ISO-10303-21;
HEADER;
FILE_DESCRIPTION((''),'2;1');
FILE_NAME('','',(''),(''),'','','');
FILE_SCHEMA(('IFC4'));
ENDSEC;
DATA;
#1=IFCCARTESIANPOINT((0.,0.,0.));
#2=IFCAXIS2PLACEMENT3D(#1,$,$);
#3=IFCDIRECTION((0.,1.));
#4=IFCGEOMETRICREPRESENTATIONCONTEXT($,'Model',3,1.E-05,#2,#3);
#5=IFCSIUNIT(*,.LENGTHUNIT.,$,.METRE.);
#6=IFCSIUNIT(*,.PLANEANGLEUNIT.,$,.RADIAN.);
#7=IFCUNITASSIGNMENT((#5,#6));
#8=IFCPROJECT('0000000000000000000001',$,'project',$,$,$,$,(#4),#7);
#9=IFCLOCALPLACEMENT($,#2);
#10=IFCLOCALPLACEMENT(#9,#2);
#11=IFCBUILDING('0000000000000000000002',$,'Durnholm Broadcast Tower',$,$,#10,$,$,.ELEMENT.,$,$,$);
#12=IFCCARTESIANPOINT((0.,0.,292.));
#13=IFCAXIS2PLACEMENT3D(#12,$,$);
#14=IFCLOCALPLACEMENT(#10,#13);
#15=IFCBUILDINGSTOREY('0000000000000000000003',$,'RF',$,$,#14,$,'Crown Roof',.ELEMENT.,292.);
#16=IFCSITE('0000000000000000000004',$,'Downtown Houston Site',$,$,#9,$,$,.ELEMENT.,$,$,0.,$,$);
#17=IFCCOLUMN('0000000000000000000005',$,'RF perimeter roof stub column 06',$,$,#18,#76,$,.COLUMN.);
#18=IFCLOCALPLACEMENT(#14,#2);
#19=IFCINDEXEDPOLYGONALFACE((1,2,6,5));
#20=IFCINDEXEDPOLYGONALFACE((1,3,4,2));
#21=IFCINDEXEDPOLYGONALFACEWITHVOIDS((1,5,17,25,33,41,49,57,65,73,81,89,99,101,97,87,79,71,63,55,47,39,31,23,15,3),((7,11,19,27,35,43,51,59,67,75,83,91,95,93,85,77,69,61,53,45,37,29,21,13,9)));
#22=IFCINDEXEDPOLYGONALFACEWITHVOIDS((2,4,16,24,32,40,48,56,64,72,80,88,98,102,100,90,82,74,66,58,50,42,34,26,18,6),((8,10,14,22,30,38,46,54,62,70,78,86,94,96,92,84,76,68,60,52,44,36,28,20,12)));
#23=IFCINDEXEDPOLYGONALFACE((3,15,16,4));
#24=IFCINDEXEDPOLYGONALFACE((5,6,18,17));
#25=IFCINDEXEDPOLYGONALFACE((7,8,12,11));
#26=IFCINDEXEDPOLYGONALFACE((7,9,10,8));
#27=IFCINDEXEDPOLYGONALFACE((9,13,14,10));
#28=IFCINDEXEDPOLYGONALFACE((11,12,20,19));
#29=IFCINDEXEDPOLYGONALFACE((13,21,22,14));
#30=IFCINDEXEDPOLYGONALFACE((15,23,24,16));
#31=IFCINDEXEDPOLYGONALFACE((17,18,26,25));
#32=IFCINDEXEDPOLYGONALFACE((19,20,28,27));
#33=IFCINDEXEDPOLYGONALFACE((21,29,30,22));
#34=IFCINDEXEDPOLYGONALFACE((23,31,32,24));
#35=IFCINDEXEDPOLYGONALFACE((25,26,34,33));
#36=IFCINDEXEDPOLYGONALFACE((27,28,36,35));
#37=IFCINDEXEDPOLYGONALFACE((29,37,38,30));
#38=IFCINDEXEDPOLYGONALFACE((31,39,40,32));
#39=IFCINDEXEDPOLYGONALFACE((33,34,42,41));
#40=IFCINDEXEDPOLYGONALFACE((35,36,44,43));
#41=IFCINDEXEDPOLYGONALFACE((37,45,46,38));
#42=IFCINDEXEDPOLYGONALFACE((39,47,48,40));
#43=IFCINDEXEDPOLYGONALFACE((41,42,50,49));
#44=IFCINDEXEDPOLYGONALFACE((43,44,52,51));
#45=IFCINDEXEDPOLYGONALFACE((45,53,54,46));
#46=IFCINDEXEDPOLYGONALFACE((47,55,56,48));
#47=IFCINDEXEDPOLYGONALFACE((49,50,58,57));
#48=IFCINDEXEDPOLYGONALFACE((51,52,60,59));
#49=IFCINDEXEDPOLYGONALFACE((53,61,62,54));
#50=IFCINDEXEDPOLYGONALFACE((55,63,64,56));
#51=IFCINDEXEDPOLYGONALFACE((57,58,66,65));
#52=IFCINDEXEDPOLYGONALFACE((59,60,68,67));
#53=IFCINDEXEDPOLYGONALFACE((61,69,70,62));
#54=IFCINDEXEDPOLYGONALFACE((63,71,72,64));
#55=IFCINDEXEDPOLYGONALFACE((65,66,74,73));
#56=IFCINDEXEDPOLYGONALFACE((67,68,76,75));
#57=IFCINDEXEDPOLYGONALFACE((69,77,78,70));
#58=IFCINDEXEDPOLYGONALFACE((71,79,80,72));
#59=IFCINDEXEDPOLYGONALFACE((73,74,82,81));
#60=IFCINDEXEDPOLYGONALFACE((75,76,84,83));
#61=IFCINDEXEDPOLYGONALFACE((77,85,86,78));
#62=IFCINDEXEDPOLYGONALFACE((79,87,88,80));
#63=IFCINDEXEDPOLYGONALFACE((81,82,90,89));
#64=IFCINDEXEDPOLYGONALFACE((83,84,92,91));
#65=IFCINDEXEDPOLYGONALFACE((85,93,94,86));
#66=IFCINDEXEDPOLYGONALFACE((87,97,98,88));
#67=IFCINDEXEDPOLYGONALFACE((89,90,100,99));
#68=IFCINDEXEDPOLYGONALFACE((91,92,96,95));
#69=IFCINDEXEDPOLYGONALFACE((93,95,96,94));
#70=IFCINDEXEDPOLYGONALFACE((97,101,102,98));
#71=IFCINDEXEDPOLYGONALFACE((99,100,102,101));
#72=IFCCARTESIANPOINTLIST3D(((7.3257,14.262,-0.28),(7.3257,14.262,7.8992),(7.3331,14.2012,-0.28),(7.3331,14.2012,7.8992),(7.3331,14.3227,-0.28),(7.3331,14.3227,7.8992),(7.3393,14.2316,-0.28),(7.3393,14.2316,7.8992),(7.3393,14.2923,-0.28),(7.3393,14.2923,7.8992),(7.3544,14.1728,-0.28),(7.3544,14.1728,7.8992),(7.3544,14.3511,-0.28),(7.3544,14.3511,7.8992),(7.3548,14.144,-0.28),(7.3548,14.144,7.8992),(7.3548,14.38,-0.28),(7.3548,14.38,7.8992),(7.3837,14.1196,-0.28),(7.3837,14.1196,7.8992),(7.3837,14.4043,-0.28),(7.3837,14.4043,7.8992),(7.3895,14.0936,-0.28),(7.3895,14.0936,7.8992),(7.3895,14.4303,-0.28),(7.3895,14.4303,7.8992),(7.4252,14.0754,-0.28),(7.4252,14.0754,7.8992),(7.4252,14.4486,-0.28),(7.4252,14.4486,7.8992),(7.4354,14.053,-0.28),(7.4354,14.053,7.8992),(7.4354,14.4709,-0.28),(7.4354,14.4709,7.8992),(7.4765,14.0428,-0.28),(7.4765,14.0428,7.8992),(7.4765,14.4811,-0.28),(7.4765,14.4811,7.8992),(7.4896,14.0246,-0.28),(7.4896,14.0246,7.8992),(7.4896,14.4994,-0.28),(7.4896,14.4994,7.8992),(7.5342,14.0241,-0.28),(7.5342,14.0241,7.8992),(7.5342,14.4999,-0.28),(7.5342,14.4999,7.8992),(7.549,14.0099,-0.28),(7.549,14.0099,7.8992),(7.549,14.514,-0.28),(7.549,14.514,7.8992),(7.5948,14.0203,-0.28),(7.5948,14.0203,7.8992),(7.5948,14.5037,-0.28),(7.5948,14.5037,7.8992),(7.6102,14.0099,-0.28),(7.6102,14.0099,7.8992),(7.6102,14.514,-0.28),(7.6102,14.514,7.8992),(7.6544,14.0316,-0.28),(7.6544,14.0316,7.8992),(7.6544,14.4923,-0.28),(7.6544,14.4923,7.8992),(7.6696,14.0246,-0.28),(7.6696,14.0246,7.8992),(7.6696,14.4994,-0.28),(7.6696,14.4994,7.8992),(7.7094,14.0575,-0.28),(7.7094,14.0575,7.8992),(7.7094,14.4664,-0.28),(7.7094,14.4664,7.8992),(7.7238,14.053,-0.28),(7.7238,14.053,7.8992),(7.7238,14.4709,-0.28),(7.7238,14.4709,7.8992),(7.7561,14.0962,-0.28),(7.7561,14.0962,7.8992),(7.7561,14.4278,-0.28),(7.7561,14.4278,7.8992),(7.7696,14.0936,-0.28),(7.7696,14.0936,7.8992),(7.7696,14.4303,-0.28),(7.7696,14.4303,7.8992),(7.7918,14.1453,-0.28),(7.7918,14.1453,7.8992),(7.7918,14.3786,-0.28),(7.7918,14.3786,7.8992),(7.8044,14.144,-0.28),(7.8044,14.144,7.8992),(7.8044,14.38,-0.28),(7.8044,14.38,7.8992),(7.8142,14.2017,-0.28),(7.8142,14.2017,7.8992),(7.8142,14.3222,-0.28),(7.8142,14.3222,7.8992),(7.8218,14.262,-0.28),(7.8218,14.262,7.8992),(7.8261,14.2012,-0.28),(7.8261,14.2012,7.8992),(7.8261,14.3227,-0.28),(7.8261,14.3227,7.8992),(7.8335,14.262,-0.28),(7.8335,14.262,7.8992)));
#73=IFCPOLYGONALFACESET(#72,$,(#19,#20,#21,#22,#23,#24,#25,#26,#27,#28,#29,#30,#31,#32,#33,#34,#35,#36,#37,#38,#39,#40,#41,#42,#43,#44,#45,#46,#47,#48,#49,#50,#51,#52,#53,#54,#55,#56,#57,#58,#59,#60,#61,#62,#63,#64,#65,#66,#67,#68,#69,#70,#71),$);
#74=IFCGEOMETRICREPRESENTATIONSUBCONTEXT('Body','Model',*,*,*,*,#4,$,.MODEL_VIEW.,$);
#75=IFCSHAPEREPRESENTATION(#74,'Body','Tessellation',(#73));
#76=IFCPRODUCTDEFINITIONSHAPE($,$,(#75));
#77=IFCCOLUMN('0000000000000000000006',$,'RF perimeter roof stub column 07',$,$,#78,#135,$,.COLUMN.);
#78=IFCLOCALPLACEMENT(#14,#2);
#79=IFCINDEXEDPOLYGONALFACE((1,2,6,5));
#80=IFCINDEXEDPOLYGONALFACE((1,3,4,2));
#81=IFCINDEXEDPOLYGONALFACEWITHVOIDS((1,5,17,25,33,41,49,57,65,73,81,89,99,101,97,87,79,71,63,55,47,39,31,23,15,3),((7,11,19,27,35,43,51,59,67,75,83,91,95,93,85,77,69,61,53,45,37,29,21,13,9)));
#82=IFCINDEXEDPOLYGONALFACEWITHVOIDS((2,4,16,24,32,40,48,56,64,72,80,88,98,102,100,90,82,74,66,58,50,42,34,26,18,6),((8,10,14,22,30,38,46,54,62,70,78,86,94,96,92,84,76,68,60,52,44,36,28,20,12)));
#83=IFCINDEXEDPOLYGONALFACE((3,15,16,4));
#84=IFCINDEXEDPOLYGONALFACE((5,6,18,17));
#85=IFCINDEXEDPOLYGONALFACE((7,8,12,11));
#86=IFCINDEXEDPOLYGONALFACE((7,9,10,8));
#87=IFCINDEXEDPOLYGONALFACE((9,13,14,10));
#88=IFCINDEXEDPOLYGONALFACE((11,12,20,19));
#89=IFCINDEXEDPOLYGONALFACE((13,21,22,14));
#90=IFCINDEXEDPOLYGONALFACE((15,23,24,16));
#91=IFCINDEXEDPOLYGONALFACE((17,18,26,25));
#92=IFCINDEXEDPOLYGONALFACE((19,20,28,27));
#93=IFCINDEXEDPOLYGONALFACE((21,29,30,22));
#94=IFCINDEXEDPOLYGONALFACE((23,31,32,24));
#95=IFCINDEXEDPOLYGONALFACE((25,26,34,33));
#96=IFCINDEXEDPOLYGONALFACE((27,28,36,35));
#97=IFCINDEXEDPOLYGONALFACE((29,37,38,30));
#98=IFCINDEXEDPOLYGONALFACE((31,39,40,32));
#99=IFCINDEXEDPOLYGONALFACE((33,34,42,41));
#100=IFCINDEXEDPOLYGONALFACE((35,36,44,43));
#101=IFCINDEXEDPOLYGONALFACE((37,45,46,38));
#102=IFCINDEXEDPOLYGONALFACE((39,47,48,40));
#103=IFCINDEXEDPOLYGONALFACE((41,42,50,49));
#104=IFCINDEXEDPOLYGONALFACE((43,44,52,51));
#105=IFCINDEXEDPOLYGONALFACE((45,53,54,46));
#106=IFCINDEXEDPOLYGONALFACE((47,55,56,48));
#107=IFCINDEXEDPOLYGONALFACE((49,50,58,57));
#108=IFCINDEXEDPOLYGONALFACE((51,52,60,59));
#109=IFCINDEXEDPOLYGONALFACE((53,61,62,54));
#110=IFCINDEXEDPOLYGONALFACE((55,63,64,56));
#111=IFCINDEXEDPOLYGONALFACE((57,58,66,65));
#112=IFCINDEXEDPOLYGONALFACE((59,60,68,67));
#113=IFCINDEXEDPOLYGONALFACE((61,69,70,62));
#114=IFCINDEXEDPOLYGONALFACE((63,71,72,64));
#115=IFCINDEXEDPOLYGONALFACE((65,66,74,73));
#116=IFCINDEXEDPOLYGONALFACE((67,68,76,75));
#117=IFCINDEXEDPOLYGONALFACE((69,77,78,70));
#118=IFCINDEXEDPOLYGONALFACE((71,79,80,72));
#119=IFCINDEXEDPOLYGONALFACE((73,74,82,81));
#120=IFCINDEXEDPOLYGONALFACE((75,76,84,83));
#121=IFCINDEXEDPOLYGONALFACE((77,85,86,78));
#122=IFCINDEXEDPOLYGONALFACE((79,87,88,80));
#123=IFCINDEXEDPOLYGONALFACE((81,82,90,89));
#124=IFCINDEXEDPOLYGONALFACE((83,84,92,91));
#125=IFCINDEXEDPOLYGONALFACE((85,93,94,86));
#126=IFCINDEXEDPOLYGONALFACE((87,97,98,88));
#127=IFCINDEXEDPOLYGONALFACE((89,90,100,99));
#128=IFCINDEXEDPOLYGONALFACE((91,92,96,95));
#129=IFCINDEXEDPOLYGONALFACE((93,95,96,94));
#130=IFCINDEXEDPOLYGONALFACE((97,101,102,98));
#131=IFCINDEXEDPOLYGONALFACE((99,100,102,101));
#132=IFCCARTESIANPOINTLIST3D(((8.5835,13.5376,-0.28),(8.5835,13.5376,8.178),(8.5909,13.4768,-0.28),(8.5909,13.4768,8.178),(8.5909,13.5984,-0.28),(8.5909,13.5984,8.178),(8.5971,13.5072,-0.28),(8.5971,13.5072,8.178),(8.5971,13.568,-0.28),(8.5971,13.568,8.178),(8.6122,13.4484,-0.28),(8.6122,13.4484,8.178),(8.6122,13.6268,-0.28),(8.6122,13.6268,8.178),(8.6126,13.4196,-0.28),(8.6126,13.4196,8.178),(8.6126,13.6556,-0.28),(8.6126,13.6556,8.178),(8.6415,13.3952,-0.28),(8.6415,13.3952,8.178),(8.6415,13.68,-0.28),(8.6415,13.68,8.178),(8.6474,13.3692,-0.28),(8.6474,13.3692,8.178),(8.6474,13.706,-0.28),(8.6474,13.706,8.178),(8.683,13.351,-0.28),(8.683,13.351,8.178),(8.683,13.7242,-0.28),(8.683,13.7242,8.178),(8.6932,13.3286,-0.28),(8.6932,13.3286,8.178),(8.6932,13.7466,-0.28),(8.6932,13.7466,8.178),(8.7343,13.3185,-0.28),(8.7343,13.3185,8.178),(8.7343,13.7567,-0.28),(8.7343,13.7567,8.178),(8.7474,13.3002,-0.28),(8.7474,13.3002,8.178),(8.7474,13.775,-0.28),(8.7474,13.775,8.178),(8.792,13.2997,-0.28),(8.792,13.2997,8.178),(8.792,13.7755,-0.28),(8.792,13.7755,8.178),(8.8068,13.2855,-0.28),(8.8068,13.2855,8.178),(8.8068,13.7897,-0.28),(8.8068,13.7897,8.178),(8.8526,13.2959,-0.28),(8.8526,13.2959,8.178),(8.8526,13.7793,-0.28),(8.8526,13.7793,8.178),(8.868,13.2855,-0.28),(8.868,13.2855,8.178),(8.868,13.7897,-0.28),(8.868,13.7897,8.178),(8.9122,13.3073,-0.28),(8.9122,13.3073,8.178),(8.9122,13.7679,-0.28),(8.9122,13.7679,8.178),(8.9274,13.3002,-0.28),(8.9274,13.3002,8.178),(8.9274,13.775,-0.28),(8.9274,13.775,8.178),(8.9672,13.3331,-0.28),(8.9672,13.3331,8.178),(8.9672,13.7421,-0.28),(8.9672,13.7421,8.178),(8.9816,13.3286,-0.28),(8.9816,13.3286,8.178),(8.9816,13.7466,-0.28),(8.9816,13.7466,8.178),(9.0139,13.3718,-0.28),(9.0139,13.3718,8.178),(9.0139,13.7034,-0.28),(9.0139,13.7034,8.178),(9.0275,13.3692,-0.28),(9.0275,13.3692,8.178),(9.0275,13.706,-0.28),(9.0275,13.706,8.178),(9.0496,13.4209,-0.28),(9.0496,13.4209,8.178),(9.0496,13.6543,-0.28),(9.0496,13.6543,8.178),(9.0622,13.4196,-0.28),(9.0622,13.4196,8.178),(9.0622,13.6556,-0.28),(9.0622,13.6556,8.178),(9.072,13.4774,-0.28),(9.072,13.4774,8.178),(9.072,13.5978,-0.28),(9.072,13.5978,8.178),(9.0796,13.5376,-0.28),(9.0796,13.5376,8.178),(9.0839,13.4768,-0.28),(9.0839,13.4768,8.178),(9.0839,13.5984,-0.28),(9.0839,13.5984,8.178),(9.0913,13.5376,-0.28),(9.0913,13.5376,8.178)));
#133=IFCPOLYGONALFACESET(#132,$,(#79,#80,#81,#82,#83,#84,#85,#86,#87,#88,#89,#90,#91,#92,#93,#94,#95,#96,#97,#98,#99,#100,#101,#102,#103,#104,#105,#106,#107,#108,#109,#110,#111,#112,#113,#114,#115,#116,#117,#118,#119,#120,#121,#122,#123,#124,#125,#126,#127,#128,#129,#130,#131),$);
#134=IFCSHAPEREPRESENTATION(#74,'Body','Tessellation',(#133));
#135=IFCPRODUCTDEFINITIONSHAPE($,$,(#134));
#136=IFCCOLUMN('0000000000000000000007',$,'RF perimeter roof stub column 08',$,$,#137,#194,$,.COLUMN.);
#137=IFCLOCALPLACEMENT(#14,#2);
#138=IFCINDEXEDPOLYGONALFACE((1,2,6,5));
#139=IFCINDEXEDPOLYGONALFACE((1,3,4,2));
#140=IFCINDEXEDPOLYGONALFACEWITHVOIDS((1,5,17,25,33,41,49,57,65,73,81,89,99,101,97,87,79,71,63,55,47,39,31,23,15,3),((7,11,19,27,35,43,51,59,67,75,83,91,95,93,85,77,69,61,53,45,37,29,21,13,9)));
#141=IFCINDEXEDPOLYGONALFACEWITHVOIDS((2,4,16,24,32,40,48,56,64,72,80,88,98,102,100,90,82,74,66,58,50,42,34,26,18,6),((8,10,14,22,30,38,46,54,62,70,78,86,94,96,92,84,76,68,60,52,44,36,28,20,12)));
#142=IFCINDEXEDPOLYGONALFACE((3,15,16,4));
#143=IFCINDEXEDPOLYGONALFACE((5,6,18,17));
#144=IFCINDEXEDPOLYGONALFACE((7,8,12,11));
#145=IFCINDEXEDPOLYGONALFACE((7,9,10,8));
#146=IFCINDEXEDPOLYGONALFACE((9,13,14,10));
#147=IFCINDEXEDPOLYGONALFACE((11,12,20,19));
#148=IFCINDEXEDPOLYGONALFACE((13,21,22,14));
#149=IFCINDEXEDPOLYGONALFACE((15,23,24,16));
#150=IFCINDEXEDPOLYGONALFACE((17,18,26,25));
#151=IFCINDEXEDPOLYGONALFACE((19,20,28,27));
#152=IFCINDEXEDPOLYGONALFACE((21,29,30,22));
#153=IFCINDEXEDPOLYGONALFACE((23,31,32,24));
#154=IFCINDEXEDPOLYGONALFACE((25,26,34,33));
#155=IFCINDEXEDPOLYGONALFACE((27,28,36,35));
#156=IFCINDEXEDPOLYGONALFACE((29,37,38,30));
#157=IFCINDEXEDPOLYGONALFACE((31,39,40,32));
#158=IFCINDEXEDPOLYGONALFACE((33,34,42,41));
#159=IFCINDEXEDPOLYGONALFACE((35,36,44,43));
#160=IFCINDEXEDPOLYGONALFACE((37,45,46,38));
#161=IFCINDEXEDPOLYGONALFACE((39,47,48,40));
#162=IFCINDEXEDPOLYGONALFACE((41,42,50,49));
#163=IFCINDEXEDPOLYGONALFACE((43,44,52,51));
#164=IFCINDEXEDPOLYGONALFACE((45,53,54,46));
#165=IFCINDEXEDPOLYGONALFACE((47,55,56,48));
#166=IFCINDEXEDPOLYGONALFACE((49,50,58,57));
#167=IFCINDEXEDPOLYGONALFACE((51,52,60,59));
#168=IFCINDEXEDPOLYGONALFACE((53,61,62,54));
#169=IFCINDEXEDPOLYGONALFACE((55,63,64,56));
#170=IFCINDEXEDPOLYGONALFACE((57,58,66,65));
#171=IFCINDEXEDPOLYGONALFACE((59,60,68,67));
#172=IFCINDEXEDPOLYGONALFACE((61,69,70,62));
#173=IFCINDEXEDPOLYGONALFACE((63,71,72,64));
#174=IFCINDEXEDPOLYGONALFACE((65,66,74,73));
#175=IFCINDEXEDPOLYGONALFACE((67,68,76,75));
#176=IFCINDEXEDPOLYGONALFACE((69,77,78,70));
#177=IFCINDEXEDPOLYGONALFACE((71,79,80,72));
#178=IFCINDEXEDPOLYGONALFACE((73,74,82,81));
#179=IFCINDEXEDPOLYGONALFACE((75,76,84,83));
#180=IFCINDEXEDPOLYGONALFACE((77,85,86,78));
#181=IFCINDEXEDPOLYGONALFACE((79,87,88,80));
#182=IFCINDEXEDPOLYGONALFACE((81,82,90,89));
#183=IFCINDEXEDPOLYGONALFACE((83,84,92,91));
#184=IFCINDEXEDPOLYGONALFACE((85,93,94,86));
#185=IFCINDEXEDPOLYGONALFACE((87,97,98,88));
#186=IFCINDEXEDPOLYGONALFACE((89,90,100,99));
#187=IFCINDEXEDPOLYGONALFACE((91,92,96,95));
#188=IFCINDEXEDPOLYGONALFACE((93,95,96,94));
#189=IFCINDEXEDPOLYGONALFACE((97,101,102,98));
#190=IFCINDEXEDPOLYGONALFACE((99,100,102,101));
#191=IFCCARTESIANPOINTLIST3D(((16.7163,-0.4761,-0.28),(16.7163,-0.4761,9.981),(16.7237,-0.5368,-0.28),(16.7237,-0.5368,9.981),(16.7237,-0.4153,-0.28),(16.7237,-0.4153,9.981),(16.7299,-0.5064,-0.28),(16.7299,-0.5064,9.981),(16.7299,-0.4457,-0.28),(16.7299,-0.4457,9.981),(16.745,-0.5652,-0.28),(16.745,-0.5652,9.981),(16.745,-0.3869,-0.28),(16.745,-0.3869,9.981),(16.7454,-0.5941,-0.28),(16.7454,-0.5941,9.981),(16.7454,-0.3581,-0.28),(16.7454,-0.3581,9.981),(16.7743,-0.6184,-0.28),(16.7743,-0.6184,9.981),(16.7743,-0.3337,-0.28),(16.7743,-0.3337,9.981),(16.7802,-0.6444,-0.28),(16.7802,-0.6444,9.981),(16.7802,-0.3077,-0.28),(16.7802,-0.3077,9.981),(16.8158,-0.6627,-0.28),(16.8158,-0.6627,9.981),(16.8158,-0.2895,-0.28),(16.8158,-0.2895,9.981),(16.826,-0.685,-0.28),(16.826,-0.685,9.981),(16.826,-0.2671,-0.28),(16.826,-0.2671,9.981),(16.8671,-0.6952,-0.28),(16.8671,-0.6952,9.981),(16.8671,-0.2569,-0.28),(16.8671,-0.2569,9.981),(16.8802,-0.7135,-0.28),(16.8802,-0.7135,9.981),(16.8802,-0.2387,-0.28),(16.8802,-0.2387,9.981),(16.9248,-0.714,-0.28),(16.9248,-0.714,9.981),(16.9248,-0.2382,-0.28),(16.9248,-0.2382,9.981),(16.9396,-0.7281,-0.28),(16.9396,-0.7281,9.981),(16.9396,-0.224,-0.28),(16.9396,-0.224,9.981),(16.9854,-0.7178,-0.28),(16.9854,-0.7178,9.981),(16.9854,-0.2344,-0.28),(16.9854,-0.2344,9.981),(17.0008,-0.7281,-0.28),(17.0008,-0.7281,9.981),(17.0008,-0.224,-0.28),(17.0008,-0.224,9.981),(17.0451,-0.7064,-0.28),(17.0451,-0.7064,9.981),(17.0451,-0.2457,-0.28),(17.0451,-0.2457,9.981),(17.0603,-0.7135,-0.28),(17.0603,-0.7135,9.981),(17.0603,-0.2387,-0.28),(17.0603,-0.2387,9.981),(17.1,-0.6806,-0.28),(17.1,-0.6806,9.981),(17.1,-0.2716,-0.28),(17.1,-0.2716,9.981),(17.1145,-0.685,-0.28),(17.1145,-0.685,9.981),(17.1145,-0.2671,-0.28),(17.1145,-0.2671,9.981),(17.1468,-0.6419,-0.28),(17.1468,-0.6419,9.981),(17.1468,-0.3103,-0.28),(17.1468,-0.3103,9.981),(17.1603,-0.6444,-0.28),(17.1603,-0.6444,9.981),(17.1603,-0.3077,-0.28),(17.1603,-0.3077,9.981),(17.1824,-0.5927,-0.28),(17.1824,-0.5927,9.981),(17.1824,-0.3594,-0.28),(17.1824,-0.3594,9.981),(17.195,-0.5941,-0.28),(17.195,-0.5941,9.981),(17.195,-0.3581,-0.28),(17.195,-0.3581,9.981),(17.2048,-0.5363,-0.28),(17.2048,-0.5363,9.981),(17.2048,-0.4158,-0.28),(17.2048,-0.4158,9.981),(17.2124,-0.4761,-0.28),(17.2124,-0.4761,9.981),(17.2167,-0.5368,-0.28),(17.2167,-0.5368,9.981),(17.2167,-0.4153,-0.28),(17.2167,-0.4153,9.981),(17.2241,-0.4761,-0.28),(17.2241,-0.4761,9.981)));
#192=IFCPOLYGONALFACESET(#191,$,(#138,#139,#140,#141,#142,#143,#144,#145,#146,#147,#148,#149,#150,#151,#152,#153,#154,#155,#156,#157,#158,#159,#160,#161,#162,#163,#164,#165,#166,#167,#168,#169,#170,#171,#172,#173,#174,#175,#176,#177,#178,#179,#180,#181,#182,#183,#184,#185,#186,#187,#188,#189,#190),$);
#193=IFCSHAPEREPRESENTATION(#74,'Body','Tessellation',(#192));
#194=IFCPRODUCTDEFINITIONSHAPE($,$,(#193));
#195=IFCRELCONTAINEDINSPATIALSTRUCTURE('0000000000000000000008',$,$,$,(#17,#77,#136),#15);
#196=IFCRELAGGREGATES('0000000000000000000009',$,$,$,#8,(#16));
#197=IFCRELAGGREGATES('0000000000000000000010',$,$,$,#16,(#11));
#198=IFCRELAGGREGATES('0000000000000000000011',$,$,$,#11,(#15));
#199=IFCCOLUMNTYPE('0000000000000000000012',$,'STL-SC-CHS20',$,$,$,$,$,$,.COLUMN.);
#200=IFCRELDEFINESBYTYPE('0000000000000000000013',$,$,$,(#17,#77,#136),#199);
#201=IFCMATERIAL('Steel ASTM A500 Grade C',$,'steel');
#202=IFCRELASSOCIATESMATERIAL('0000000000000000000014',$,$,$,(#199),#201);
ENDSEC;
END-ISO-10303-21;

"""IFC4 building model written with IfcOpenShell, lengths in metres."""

from ifc_helpers import new_model, si_unit, direction, frame, origin, origin_2d, place, context, subcontext, project, spatial, hollow_circle, extrude, source, transform, mapped, material, material_profile, profile_set, type_object, element, save


model = new_model("IFC4")

# Units and contexts
model_context = context("Model", 3, precision=1e-05, world=origin(), true_north=direction((0.0, 1.0)))
body_context = subcontext(model_context, "Body", "Model", "MODEL_VIEW")
ifc_project = project(units=[si_unit("LENGTHUNIT", "METRE"), si_unit("PLANEANGLEUNIT", "RADIAN")], contexts=[model_context])

# Site, building, storey
site_placement = place(None, origin())
site = spatial("IfcSite", under=ifc_project, at=site_placement, Name="Downtown Houston Site", CompositionType="ELEMENT", RefElevation=0.0)
building_placement = place(site_placement, origin())
building = spatial("IfcBuilding", under=site, at=building_placement, Name="Durnholm Broadcast Tower", CompositionType="ELEMENT")
storey_placement = place(building_placement, frame((0.0, 0.0, 292.0)))
storey = spatial("IfcBuildingStorey", under=building, at=storey_placement, Name="RF", LongName="Crown Roof", CompositionType="ELEMENT", Elevation=292.0)

# Columns
ifc_material_1 = material(Name="Steel ASTM A500 Grade C", Category="steel")
ifc_material_profile_1 = material_profile(ifc_material_1, hollow_circle(Radius=0.2539, WallThickness=0.0117, at=origin_2d()), Name="HSS20.000X0.500")
ifc_profile_set_1 = profile_set([ifc_material_profile_1], Name="Steel ASTM A500 Grade C")
column_type_1 = type_object("IfcColumnType", Name="STL-SC-CHS20", PredefinedType="COLUMN", material=ifc_profile_set_1)
shared_shape_1 = source(origin(), body_context, "Body", "SweptSolid", [
    extrude(hollow_circle(Radius=0.2539, WallThickness=0.0117, at=origin_2d()), origin(), (0.0, 0.0, 1.0), 8.1792),
])
column_1_placement = place(storey_placement, frame((7.5796, 14.262, -0.28), z_axis=(0.0, 0.0, 1.0), x_axis=(1.0, 0.0, 0.0)))
element("IfcColumn", 1, at=column_1_placement, inside=storey, type_object=column_type_1, Name="RF perimeter roof stub column 06", PredefinedType="COLUMN", context=body_context, shape_type="MappedRepresentation", body=[
    mapped(shared_shape_1, transform((0.0, 0.0, 0.0), x_axis=(1.0, 0.0, 0.0), y_axis=(0.0, 1.0, 0.0), z_axis=(0.0, 0.0, 1.0), scale=1.0)),
])
shared_shape_2 = source(origin(), body_context, "Body", "SweptSolid", [
    extrude(hollow_circle(Radius=0.2539, WallThickness=0.0117, at=origin_2d()), origin(), (0.0, 0.0, 1.0), 8.458),
])
column_2_placement = place(storey_placement, frame((8.8374, 13.5376, -0.28), z_axis=(0.0, 0.0, 1.0), x_axis=(1.0, 0.0, 0.0)))
element("IfcColumn", 2, at=column_2_placement, inside=storey, type_object=column_type_1, Name="RF perimeter roof stub column 07", PredefinedType="COLUMN", context=body_context, shape_type="MappedRepresentation", body=[
    mapped(shared_shape_2, transform((0.0, 0.0, 0.0), x_axis=(1.0, 0.0, 0.0), y_axis=(0.0, 1.0, 0.0), z_axis=(0.0, 0.0, 1.0), scale=1.0)),
])
shared_shape_3 = source(origin(), body_context, "Body", "SweptSolid", [
    extrude(hollow_circle(Radius=0.2539, WallThickness=0.0117, at=origin_2d()), origin(), (0.0, 0.0, 1.0), 10.261),
])
column_3_placement = place(storey_placement, frame((16.9702, -0.4761, -0.28), z_axis=(0.0, 0.0, 1.0), x_axis=(1.0, 0.0, 0.0)))
element("IfcColumn", 3, at=column_3_placement, inside=storey, type_object=column_type_1, Name="RF perimeter roof stub column 08", PredefinedType="COLUMN", context=body_context, shape_type="MappedRepresentation", body=[
    mapped(shared_shape_3, transform((0.0, 0.0, 0.0), x_axis=(1.0, 0.0, 0.0), y_axis=(0.0, 1.0, 0.0), z_axis=(0.0, 0.0, 1.0), scale=1.0)),
])

save(model, "model.ifc")
